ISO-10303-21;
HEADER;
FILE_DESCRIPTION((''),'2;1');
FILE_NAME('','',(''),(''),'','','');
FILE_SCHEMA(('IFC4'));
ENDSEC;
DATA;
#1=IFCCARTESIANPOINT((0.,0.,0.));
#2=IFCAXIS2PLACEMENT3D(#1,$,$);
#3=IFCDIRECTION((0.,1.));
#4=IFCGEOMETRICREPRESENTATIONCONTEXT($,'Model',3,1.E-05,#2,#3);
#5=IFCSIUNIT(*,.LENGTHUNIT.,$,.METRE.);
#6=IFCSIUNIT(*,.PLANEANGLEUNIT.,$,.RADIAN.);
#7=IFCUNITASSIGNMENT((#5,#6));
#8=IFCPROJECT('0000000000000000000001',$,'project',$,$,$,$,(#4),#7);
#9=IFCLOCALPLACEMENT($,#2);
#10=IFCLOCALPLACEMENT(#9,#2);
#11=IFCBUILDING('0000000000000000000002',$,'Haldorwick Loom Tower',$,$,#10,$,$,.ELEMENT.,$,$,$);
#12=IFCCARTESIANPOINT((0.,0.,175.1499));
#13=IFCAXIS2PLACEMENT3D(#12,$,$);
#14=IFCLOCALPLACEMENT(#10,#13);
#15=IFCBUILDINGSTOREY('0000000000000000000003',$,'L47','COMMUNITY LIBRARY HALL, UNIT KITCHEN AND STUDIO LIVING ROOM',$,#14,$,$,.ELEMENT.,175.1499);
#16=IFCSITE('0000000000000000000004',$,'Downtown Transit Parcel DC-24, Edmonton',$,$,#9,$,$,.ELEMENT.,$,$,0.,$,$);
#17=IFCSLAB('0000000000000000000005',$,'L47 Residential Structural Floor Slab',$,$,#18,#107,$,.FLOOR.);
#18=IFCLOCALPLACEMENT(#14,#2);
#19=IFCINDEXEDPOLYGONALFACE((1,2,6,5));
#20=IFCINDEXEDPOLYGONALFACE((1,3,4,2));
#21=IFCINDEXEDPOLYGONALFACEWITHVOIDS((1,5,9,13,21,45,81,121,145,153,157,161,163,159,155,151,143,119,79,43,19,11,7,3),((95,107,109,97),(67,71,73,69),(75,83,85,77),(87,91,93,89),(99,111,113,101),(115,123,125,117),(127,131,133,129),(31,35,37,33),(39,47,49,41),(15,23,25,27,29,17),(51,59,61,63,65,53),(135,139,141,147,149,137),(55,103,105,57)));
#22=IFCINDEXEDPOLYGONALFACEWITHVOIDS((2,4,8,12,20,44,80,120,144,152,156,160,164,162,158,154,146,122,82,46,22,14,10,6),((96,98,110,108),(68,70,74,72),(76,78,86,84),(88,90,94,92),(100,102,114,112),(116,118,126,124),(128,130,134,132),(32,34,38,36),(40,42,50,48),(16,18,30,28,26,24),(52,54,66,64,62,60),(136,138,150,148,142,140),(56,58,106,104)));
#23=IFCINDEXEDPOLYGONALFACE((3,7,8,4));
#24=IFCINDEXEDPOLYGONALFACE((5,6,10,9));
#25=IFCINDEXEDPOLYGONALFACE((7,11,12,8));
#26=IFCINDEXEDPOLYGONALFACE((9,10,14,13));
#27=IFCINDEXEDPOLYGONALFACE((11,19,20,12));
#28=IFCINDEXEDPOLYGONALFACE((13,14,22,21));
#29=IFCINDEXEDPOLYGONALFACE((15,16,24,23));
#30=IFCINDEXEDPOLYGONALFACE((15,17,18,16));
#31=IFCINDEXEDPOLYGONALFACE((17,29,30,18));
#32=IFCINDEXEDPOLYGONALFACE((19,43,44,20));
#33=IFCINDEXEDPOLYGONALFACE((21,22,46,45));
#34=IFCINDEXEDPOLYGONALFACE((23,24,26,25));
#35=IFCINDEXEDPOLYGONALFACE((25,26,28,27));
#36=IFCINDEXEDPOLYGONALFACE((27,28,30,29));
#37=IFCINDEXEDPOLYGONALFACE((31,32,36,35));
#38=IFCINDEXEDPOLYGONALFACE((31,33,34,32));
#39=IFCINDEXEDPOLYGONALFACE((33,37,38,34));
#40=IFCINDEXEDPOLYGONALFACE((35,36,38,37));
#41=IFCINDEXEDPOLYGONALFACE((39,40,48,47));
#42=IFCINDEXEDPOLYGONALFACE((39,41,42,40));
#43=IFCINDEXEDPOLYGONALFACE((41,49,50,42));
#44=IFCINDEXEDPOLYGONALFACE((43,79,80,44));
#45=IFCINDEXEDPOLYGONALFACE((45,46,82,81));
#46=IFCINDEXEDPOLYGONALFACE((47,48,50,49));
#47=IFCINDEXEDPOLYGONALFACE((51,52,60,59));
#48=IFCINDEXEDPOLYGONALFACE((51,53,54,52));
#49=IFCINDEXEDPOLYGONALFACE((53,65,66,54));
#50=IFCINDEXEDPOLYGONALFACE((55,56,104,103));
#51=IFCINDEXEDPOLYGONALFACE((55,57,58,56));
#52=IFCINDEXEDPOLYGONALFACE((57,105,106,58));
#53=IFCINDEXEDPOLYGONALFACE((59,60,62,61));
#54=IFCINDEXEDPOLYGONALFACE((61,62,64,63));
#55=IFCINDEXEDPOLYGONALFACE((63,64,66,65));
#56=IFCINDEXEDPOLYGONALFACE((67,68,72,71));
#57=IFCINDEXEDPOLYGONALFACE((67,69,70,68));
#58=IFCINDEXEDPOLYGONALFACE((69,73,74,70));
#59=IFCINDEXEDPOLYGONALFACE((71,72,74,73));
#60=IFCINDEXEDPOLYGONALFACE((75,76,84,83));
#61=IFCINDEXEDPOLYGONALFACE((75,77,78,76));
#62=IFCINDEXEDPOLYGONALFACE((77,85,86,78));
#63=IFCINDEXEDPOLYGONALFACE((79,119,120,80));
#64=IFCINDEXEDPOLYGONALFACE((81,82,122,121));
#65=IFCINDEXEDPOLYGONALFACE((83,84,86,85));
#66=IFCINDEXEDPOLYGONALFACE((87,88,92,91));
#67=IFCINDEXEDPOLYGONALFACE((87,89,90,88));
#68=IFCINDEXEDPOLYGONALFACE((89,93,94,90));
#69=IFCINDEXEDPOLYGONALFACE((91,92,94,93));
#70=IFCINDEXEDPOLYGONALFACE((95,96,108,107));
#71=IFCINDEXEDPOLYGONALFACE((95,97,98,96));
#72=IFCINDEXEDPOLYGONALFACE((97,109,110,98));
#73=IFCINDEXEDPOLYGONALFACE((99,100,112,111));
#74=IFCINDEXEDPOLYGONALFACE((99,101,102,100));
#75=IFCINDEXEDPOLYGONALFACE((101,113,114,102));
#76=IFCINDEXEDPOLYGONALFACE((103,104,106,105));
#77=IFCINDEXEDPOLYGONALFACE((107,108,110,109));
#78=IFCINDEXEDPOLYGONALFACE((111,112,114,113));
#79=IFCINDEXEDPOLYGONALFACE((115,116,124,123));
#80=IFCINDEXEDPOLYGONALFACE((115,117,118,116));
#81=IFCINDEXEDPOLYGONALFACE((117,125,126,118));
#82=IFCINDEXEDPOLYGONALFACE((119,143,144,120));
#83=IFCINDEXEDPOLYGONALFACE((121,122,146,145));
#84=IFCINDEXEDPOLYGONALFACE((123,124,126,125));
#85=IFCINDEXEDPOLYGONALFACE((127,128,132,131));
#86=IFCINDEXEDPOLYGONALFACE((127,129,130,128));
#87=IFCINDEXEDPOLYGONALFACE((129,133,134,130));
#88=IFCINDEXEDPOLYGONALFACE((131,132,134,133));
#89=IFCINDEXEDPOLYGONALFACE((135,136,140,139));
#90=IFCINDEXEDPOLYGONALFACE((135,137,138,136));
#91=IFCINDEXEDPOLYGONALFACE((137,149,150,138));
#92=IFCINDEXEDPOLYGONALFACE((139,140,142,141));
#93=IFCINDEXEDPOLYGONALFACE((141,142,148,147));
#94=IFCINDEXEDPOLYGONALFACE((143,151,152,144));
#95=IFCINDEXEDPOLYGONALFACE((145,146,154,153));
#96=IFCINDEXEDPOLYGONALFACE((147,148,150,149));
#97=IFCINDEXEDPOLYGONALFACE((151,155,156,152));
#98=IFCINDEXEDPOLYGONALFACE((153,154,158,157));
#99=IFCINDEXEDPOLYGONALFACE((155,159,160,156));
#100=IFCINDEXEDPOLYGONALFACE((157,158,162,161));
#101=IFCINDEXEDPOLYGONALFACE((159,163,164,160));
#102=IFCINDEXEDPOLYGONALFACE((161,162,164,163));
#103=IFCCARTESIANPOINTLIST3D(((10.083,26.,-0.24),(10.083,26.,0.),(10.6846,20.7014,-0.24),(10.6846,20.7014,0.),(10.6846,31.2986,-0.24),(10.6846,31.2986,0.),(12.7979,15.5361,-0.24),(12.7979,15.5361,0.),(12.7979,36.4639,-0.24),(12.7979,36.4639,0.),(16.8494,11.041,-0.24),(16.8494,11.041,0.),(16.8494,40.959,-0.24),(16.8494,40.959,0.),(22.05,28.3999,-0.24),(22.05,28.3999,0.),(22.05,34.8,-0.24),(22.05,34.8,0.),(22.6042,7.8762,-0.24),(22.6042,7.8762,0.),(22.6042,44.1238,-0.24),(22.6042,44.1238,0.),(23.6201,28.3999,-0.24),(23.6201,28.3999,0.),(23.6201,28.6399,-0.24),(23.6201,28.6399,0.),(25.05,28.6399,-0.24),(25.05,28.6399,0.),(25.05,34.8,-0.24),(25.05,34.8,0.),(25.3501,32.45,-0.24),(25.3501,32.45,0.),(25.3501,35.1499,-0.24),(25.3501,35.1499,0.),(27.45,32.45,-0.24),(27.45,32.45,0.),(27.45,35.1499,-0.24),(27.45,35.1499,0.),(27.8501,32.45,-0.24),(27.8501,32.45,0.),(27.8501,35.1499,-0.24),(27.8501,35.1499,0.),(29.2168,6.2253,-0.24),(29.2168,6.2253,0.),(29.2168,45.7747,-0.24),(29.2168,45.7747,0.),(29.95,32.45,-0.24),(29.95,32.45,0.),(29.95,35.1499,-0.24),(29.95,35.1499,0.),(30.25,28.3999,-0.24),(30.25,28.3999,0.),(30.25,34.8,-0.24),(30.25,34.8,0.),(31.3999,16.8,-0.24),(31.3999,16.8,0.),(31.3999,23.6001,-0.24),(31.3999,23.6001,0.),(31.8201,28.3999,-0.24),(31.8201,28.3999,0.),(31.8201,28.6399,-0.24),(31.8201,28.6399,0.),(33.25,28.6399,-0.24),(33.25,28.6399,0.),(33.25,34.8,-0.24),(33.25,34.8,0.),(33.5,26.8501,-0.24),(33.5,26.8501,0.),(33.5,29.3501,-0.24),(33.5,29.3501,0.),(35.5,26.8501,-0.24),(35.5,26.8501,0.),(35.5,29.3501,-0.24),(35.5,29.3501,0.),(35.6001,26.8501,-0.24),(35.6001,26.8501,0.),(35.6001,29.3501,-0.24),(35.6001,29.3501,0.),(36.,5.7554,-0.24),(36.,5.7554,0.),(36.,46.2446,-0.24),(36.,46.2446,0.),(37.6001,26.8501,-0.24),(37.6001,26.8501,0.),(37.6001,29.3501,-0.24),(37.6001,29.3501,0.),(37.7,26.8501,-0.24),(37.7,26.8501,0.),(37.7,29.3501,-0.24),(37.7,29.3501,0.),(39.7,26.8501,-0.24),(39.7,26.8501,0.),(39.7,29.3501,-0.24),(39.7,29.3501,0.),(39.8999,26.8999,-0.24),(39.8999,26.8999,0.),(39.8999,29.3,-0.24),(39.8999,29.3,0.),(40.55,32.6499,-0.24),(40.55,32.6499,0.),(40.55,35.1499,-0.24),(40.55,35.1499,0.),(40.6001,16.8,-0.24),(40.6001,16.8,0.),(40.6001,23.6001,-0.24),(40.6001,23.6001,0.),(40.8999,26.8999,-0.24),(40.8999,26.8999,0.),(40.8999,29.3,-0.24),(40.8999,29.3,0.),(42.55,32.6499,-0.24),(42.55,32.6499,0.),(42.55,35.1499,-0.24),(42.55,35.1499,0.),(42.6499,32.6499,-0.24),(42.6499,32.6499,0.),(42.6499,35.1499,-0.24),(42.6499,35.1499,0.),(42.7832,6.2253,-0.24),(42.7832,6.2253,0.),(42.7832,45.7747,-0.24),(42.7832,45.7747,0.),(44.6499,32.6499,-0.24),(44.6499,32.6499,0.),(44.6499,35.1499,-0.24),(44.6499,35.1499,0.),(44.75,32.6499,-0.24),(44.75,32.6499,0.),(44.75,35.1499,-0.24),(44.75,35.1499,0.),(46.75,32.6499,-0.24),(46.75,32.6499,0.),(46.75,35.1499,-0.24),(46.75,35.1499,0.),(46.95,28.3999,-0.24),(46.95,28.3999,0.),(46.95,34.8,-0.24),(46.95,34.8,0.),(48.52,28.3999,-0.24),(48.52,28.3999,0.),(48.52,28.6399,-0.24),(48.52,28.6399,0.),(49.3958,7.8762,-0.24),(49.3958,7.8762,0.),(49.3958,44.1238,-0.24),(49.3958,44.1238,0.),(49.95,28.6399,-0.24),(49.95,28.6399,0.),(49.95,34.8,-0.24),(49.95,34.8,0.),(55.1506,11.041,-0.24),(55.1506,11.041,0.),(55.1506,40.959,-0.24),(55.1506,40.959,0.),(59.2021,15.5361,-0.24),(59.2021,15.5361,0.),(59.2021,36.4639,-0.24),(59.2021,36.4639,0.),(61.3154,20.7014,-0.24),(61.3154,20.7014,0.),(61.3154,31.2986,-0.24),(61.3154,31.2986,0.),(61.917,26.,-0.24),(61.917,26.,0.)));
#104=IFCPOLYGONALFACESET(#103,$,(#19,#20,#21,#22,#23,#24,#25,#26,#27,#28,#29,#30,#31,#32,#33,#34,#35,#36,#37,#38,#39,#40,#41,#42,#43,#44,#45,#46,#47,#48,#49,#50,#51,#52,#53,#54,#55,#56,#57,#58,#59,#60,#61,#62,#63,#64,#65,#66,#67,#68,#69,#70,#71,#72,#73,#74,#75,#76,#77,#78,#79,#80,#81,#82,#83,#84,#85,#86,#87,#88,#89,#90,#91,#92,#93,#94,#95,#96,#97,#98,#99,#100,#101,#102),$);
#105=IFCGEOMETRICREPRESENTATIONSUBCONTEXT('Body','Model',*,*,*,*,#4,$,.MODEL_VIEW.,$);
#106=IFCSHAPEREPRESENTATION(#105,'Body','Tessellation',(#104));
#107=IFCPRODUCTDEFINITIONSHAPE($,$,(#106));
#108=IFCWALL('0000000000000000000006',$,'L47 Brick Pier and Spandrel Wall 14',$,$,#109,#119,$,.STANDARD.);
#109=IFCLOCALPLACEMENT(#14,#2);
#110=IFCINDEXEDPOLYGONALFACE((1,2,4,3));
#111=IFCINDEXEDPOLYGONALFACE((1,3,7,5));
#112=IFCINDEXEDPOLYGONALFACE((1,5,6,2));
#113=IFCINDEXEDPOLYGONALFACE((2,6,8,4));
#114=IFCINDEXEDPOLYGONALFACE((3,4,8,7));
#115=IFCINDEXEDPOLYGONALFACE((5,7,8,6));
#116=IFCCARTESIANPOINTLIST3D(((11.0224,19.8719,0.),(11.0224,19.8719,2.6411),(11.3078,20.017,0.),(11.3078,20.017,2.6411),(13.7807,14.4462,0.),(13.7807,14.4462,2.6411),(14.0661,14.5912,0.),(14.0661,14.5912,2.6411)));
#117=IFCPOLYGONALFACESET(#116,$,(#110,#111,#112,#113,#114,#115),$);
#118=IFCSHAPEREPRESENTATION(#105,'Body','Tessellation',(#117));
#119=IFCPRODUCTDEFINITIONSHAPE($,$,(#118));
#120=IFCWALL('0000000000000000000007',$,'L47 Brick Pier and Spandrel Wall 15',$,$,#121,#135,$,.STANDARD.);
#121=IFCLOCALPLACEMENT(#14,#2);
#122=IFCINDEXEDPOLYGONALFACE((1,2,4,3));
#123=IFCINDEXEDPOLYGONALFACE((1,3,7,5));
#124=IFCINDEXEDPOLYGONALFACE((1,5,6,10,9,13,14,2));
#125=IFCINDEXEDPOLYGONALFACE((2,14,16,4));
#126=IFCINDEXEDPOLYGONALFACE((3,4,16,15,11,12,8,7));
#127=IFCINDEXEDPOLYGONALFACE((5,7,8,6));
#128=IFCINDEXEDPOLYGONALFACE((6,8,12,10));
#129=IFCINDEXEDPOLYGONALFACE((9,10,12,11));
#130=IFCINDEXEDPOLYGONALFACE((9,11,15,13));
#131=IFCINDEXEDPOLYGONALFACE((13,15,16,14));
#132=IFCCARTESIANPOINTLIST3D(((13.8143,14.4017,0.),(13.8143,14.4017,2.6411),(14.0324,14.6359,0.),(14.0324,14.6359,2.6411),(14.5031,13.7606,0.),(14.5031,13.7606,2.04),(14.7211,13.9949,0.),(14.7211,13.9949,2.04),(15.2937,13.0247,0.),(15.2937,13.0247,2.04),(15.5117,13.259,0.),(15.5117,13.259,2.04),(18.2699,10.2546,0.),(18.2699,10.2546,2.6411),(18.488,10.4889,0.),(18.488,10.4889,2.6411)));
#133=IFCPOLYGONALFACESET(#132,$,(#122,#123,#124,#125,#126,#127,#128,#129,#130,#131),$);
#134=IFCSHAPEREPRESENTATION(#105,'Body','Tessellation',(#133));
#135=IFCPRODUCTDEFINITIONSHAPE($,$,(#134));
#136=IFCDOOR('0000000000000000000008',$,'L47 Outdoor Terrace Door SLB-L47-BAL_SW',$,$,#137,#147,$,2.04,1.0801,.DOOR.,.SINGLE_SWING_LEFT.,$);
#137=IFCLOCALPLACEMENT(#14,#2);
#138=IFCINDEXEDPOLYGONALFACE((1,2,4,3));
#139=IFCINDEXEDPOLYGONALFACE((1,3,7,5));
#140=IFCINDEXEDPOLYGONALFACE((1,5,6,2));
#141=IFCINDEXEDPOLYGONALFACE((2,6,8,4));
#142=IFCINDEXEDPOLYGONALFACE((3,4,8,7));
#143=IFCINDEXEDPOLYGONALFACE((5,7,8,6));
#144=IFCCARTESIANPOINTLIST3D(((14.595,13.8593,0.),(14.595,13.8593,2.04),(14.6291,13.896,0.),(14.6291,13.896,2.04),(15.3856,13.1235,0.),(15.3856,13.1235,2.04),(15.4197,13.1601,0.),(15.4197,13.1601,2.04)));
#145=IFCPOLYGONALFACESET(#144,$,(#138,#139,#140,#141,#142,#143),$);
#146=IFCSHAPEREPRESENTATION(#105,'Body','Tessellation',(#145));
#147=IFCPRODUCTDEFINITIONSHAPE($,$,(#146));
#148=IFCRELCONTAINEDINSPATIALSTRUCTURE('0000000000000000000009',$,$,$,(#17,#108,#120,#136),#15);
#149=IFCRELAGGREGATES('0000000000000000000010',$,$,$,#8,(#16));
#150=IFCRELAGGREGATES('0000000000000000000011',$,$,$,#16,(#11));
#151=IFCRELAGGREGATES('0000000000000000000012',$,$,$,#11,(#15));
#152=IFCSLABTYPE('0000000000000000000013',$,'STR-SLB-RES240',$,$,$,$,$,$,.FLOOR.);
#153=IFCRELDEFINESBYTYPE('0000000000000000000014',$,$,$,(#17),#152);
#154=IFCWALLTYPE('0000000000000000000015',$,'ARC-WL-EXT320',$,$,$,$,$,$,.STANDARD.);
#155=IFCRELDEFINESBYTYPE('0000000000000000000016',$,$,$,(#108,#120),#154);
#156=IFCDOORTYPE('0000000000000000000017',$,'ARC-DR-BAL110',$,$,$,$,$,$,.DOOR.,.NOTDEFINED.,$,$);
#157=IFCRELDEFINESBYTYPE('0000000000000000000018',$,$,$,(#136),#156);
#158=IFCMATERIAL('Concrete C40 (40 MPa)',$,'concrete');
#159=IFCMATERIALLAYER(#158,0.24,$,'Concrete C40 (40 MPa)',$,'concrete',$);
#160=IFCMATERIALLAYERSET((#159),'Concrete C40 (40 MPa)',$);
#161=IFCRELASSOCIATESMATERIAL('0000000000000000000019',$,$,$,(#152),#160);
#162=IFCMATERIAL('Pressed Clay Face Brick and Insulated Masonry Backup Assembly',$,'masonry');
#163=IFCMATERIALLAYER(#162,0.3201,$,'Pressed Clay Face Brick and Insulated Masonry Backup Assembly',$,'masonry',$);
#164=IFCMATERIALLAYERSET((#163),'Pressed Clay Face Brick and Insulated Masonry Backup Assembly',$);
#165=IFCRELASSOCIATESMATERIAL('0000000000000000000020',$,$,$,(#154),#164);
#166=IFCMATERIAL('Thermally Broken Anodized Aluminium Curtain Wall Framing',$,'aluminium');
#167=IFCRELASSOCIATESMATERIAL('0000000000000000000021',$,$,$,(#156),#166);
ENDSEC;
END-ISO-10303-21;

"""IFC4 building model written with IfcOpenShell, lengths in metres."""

from ifc_helpers import new_model, si_unit, direction, frame, frame_2d, origin, place, context, subcontext, project, spatial, polyline, rectangle, outline, extrude, material, layer, layer_set, type_object, element, fill, save


model = new_model("IFC4")

# Units and contexts
model_context = context("Model", 3, precision=1e-05, world=origin(), true_north=direction((0.0, 1.0)))
body_context = subcontext(model_context, "Body", "Model", "MODEL_VIEW")
ifc_project = project(units=[si_unit("LENGTHUNIT", "METRE"), si_unit("PLANEANGLEUNIT", "RADIAN")], contexts=[model_context])

# Site, building, storey
site_placement = place(None, origin())
site = spatial("IfcSite", under=ifc_project, at=site_placement, Name="Downtown Transit Parcel DC-24, Edmonton", CompositionType="ELEMENT", RefElevation=0.0)
building_placement = place(site_placement, origin())
building = spatial("IfcBuilding", under=site, at=building_placement, Name="Haldorwick Loom Tower", CompositionType="ELEMENT")
storey_placement = place(building_placement, frame((0.0, 0.0, 175.1499)))
storey = spatial("IfcBuildingStorey", under=building, at=storey_placement, Name="L47", Description="COMMUNITY LIBRARY HALL, UNIT KITCHEN AND STUDIO LIVING ROOM", CompositionType="ELEMENT", Elevation=175.1499)

# Shared definitions
ifc_material_1 = material(Name="Concrete C40 (40 MPa)", Category="concrete")

# Slab
ifc_layer_1 = layer(ifc_material_1, 0.24, Name="Concrete C40 (40 MPa)", Category="concrete")
ifc_layer_set_1 = layer_set([ifc_layer_1], Name="Concrete C40 (40 MPa)")
slab_type_1 = type_object("IfcSlabType", Name="STR-SLB-RES240", PredefinedType="FLOOR", material=ifc_layer_set_1)
slab_1_placement = place(storey_placement, frame((0.0, 0.0, -0.24)))
element("IfcSlab", 1, at=slab_1_placement, inside=storey, type_object=slab_type_1, Name="L47 Residential Structural Floor Slab", PredefinedType="FLOOR", context=body_context, shape_type="SweptSolid", body=[
    extrude(outline(polyline([(55.1506, 11.041), (59.2021, 15.5361), (61.3154, 20.7014), (61.917, 26.0), (61.3154, 31.2986), (59.2021, 36.4639), (55.1506, 40.959), (49.3958, 44.1238), (42.7832, 45.7747), (36.0, 46.2446), (29.2168, 45.7747), (22.6042, 44.1238), (16.8494, 40.959), (12.7979, 36.4639), (10.6846, 31.2986), (10.083, 26.0), (10.6846, 20.7014), (12.7979, 15.5361), (16.8494, 11.041), (22.6042, 7.8762), (29.2168, 6.2253), (36.0, 5.7554), (42.7832, 6.2253), (49.3958, 7.8762), (55.1506, 11.041)]), holes=[polyline([(31.3999, 16.8), (31.3999, 23.6001), (40.6001, 23.6001), (40.6001, 16.8), (31.3999, 16.8)]), polyline([(33.5, 26.8501), (33.5, 29.3501), (35.5, 29.3501), (35.5, 26.8501), (33.5, 26.8501)]), polyline([(35.6001, 26.8501), (35.6001, 29.3501), (37.6001, 29.3501), (37.6001, 26.8501), (35.6001, 26.8501)]), polyline([(23.6201, 28.3999), (22.05, 28.3999), (22.05, 34.8), (25.05, 34.8), (25.05, 28.6399), (23.6201, 28.6399), (23.6201, 28.3999)]), polyline([(30.25, 28.3999), (30.25, 34.8), (33.25, 34.8), (33.25, 28.6399), (31.8201, 28.6399), (31.8201, 28.3999), (30.25, 28.3999)]), polyline([(25.3501, 32.45), (25.3501, 35.1499), (27.45, 35.1499), (27.45, 32.45), (25.3501, 32.45)]), polyline([(29.95, 32.45), (27.8501, 32.45), (27.8501, 35.1499), (29.95, 35.1499), (29.95, 32.45)]), polyline([(37.7, 26.8501), (37.7, 29.3501), (39.7, 29.3501), (39.7, 26.8501), (37.7, 26.8501)]), polyline([(39.8999, 26.8999), (39.8999, 29.3), (40.8999, 29.3), (40.8999, 26.8999), (39.8999, 26.8999)]), polyline([(46.95, 28.3999), (46.95, 34.8), (49.95, 34.8), (49.95, 28.6399), (48.52, 28.6399), (48.52, 28.3999), (46.95, 28.3999)]), polyline([(40.55, 32.6499), (40.55, 35.1499), (42.55, 35.1499), (42.55, 32.6499), (40.55, 32.6499)]), polyline([(42.6499, 32.6499), (42.6499, 35.1499), (44.6499, 35.1499), (44.6499, 32.6499), (42.6499, 32.6499)]), polyline([(44.75, 32.6499), (44.75, 35.1499), (46.75, 35.1499), (46.75, 32.6499), (44.75, 32.6499)])]), origin(), (0.0, 0.0, 1.0), 0.24),
])

# Wall
ifc_material_2 = material(Name="Pressed Clay Face Brick and Insulated Masonry Backup Assembly", Category="masonry")
ifc_layer_2 = layer(ifc_material_2, 0.3201, Name="Pressed Clay Face Brick and Insulated Masonry Backup Assembly", Category="masonry")
ifc_layer_set_2 = layer_set([ifc_layer_2], Name="Pressed Clay Face Brick and Insulated Masonry Backup Assembly")
wall_type_1 = type_object("IfcWallType", Name="ARC-WL-EXT320", PredefinedType="STANDARD", material=ifc_layer_set_2)
wall_1_placement = place(storey_placement, frame((11.165, 19.9446, 0.0), z_axis=(0.0, 0.0, 1.0), x_axis=(0.453172, -0.891423, 0.0)))
element("IfcWall", 2, at=wall_1_placement, inside=storey, type_object=wall_type_1, Name="L47 Brick Pier and Spandrel Wall 14", PredefinedType="STANDARD", context=body_context, shape_type="SweptSolid", body=[
    extrude(rectangle(XDim=6.0867, YDim=0.3201, at=frame_2d((3.0435, 0.0))), origin(), (0.0, 0.0, 1.0), 2.6411),
])

# Wall, opening, door
wall_2_placement = place(storey_placement, frame((13.9233, 14.5188, 0.0), z_axis=(0.0, 0.0, 1.0), x_axis=(0.732002, -0.681303, 0.0)))
wall_2 = element("IfcWall", 3, at=wall_2_placement, inside=storey, type_object=wall_type_1, Name="L47 Brick Pier and Spandrel Wall 15", PredefinedType="STANDARD", context=body_context, shape_type="SweptSolid", body=[
    extrude(rectangle(XDim=6.0869, YDim=0.3201, at=frame_2d((3.0435, 0.0))), origin(), (0.0, 0.0, 1.0), 2.6411),
])
opening_1_placement = place(wall_2_placement, frame((0.9409, 0.0, 0.0)))
opening_1 = element("IfcOpeningElement", 4, at=opening_1_placement, cuts=wall_2, PredefinedType="OPENING", context=body_context, shape_type="SweptSolid", body=[
    extrude(rectangle(XDim=1.0801, YDim=2.04, at=frame_2d((0.54, 1.02))), frame((0.0, 0.1699, 0.0), z_axis=(0.0, -1.0, 0.0), x_axis=(1.0, 0.0, 0.0)), (0.0, 0.0, 1.0), 0.3401),
])
ifc_material_3 = material(Name="Thermally Broken Anodized Aluminium Curtain Wall Framing", Category="aluminium")
door_type_1 = type_object("IfcDoorType", Name="ARC-DR-BAL110", OperationType="NOTDEFINED", PredefinedType="DOOR", material=ifc_material_3)
door_1_placement = place(opening_1_placement, origin())
door_1 = element("IfcDoor", 5, at=door_1_placement, inside=storey, type_object=door_type_1, Name="L47 Outdoor Terrace Door SLB-L47-BAL_SW", OperationType="SINGLE_SWING_LEFT", OverallHeight=2.04, OverallWidth=1.0801, PredefinedType="DOOR", context=body_context, shape_type="SweptSolid", body=[
    extrude(rectangle(XDim=1.0801, YDim=2.04, at=frame_2d((0.54, 1.02))), frame((0.0, 0.0249, 0.0), z_axis=(0.0, -1.0, 0.0), x_axis=(1.0, 0.0, 0.0)), (0.0, 0.0, 1.0), 0.05),
])
fill(opening_1, door_1)

save(model, "model.ifc")
